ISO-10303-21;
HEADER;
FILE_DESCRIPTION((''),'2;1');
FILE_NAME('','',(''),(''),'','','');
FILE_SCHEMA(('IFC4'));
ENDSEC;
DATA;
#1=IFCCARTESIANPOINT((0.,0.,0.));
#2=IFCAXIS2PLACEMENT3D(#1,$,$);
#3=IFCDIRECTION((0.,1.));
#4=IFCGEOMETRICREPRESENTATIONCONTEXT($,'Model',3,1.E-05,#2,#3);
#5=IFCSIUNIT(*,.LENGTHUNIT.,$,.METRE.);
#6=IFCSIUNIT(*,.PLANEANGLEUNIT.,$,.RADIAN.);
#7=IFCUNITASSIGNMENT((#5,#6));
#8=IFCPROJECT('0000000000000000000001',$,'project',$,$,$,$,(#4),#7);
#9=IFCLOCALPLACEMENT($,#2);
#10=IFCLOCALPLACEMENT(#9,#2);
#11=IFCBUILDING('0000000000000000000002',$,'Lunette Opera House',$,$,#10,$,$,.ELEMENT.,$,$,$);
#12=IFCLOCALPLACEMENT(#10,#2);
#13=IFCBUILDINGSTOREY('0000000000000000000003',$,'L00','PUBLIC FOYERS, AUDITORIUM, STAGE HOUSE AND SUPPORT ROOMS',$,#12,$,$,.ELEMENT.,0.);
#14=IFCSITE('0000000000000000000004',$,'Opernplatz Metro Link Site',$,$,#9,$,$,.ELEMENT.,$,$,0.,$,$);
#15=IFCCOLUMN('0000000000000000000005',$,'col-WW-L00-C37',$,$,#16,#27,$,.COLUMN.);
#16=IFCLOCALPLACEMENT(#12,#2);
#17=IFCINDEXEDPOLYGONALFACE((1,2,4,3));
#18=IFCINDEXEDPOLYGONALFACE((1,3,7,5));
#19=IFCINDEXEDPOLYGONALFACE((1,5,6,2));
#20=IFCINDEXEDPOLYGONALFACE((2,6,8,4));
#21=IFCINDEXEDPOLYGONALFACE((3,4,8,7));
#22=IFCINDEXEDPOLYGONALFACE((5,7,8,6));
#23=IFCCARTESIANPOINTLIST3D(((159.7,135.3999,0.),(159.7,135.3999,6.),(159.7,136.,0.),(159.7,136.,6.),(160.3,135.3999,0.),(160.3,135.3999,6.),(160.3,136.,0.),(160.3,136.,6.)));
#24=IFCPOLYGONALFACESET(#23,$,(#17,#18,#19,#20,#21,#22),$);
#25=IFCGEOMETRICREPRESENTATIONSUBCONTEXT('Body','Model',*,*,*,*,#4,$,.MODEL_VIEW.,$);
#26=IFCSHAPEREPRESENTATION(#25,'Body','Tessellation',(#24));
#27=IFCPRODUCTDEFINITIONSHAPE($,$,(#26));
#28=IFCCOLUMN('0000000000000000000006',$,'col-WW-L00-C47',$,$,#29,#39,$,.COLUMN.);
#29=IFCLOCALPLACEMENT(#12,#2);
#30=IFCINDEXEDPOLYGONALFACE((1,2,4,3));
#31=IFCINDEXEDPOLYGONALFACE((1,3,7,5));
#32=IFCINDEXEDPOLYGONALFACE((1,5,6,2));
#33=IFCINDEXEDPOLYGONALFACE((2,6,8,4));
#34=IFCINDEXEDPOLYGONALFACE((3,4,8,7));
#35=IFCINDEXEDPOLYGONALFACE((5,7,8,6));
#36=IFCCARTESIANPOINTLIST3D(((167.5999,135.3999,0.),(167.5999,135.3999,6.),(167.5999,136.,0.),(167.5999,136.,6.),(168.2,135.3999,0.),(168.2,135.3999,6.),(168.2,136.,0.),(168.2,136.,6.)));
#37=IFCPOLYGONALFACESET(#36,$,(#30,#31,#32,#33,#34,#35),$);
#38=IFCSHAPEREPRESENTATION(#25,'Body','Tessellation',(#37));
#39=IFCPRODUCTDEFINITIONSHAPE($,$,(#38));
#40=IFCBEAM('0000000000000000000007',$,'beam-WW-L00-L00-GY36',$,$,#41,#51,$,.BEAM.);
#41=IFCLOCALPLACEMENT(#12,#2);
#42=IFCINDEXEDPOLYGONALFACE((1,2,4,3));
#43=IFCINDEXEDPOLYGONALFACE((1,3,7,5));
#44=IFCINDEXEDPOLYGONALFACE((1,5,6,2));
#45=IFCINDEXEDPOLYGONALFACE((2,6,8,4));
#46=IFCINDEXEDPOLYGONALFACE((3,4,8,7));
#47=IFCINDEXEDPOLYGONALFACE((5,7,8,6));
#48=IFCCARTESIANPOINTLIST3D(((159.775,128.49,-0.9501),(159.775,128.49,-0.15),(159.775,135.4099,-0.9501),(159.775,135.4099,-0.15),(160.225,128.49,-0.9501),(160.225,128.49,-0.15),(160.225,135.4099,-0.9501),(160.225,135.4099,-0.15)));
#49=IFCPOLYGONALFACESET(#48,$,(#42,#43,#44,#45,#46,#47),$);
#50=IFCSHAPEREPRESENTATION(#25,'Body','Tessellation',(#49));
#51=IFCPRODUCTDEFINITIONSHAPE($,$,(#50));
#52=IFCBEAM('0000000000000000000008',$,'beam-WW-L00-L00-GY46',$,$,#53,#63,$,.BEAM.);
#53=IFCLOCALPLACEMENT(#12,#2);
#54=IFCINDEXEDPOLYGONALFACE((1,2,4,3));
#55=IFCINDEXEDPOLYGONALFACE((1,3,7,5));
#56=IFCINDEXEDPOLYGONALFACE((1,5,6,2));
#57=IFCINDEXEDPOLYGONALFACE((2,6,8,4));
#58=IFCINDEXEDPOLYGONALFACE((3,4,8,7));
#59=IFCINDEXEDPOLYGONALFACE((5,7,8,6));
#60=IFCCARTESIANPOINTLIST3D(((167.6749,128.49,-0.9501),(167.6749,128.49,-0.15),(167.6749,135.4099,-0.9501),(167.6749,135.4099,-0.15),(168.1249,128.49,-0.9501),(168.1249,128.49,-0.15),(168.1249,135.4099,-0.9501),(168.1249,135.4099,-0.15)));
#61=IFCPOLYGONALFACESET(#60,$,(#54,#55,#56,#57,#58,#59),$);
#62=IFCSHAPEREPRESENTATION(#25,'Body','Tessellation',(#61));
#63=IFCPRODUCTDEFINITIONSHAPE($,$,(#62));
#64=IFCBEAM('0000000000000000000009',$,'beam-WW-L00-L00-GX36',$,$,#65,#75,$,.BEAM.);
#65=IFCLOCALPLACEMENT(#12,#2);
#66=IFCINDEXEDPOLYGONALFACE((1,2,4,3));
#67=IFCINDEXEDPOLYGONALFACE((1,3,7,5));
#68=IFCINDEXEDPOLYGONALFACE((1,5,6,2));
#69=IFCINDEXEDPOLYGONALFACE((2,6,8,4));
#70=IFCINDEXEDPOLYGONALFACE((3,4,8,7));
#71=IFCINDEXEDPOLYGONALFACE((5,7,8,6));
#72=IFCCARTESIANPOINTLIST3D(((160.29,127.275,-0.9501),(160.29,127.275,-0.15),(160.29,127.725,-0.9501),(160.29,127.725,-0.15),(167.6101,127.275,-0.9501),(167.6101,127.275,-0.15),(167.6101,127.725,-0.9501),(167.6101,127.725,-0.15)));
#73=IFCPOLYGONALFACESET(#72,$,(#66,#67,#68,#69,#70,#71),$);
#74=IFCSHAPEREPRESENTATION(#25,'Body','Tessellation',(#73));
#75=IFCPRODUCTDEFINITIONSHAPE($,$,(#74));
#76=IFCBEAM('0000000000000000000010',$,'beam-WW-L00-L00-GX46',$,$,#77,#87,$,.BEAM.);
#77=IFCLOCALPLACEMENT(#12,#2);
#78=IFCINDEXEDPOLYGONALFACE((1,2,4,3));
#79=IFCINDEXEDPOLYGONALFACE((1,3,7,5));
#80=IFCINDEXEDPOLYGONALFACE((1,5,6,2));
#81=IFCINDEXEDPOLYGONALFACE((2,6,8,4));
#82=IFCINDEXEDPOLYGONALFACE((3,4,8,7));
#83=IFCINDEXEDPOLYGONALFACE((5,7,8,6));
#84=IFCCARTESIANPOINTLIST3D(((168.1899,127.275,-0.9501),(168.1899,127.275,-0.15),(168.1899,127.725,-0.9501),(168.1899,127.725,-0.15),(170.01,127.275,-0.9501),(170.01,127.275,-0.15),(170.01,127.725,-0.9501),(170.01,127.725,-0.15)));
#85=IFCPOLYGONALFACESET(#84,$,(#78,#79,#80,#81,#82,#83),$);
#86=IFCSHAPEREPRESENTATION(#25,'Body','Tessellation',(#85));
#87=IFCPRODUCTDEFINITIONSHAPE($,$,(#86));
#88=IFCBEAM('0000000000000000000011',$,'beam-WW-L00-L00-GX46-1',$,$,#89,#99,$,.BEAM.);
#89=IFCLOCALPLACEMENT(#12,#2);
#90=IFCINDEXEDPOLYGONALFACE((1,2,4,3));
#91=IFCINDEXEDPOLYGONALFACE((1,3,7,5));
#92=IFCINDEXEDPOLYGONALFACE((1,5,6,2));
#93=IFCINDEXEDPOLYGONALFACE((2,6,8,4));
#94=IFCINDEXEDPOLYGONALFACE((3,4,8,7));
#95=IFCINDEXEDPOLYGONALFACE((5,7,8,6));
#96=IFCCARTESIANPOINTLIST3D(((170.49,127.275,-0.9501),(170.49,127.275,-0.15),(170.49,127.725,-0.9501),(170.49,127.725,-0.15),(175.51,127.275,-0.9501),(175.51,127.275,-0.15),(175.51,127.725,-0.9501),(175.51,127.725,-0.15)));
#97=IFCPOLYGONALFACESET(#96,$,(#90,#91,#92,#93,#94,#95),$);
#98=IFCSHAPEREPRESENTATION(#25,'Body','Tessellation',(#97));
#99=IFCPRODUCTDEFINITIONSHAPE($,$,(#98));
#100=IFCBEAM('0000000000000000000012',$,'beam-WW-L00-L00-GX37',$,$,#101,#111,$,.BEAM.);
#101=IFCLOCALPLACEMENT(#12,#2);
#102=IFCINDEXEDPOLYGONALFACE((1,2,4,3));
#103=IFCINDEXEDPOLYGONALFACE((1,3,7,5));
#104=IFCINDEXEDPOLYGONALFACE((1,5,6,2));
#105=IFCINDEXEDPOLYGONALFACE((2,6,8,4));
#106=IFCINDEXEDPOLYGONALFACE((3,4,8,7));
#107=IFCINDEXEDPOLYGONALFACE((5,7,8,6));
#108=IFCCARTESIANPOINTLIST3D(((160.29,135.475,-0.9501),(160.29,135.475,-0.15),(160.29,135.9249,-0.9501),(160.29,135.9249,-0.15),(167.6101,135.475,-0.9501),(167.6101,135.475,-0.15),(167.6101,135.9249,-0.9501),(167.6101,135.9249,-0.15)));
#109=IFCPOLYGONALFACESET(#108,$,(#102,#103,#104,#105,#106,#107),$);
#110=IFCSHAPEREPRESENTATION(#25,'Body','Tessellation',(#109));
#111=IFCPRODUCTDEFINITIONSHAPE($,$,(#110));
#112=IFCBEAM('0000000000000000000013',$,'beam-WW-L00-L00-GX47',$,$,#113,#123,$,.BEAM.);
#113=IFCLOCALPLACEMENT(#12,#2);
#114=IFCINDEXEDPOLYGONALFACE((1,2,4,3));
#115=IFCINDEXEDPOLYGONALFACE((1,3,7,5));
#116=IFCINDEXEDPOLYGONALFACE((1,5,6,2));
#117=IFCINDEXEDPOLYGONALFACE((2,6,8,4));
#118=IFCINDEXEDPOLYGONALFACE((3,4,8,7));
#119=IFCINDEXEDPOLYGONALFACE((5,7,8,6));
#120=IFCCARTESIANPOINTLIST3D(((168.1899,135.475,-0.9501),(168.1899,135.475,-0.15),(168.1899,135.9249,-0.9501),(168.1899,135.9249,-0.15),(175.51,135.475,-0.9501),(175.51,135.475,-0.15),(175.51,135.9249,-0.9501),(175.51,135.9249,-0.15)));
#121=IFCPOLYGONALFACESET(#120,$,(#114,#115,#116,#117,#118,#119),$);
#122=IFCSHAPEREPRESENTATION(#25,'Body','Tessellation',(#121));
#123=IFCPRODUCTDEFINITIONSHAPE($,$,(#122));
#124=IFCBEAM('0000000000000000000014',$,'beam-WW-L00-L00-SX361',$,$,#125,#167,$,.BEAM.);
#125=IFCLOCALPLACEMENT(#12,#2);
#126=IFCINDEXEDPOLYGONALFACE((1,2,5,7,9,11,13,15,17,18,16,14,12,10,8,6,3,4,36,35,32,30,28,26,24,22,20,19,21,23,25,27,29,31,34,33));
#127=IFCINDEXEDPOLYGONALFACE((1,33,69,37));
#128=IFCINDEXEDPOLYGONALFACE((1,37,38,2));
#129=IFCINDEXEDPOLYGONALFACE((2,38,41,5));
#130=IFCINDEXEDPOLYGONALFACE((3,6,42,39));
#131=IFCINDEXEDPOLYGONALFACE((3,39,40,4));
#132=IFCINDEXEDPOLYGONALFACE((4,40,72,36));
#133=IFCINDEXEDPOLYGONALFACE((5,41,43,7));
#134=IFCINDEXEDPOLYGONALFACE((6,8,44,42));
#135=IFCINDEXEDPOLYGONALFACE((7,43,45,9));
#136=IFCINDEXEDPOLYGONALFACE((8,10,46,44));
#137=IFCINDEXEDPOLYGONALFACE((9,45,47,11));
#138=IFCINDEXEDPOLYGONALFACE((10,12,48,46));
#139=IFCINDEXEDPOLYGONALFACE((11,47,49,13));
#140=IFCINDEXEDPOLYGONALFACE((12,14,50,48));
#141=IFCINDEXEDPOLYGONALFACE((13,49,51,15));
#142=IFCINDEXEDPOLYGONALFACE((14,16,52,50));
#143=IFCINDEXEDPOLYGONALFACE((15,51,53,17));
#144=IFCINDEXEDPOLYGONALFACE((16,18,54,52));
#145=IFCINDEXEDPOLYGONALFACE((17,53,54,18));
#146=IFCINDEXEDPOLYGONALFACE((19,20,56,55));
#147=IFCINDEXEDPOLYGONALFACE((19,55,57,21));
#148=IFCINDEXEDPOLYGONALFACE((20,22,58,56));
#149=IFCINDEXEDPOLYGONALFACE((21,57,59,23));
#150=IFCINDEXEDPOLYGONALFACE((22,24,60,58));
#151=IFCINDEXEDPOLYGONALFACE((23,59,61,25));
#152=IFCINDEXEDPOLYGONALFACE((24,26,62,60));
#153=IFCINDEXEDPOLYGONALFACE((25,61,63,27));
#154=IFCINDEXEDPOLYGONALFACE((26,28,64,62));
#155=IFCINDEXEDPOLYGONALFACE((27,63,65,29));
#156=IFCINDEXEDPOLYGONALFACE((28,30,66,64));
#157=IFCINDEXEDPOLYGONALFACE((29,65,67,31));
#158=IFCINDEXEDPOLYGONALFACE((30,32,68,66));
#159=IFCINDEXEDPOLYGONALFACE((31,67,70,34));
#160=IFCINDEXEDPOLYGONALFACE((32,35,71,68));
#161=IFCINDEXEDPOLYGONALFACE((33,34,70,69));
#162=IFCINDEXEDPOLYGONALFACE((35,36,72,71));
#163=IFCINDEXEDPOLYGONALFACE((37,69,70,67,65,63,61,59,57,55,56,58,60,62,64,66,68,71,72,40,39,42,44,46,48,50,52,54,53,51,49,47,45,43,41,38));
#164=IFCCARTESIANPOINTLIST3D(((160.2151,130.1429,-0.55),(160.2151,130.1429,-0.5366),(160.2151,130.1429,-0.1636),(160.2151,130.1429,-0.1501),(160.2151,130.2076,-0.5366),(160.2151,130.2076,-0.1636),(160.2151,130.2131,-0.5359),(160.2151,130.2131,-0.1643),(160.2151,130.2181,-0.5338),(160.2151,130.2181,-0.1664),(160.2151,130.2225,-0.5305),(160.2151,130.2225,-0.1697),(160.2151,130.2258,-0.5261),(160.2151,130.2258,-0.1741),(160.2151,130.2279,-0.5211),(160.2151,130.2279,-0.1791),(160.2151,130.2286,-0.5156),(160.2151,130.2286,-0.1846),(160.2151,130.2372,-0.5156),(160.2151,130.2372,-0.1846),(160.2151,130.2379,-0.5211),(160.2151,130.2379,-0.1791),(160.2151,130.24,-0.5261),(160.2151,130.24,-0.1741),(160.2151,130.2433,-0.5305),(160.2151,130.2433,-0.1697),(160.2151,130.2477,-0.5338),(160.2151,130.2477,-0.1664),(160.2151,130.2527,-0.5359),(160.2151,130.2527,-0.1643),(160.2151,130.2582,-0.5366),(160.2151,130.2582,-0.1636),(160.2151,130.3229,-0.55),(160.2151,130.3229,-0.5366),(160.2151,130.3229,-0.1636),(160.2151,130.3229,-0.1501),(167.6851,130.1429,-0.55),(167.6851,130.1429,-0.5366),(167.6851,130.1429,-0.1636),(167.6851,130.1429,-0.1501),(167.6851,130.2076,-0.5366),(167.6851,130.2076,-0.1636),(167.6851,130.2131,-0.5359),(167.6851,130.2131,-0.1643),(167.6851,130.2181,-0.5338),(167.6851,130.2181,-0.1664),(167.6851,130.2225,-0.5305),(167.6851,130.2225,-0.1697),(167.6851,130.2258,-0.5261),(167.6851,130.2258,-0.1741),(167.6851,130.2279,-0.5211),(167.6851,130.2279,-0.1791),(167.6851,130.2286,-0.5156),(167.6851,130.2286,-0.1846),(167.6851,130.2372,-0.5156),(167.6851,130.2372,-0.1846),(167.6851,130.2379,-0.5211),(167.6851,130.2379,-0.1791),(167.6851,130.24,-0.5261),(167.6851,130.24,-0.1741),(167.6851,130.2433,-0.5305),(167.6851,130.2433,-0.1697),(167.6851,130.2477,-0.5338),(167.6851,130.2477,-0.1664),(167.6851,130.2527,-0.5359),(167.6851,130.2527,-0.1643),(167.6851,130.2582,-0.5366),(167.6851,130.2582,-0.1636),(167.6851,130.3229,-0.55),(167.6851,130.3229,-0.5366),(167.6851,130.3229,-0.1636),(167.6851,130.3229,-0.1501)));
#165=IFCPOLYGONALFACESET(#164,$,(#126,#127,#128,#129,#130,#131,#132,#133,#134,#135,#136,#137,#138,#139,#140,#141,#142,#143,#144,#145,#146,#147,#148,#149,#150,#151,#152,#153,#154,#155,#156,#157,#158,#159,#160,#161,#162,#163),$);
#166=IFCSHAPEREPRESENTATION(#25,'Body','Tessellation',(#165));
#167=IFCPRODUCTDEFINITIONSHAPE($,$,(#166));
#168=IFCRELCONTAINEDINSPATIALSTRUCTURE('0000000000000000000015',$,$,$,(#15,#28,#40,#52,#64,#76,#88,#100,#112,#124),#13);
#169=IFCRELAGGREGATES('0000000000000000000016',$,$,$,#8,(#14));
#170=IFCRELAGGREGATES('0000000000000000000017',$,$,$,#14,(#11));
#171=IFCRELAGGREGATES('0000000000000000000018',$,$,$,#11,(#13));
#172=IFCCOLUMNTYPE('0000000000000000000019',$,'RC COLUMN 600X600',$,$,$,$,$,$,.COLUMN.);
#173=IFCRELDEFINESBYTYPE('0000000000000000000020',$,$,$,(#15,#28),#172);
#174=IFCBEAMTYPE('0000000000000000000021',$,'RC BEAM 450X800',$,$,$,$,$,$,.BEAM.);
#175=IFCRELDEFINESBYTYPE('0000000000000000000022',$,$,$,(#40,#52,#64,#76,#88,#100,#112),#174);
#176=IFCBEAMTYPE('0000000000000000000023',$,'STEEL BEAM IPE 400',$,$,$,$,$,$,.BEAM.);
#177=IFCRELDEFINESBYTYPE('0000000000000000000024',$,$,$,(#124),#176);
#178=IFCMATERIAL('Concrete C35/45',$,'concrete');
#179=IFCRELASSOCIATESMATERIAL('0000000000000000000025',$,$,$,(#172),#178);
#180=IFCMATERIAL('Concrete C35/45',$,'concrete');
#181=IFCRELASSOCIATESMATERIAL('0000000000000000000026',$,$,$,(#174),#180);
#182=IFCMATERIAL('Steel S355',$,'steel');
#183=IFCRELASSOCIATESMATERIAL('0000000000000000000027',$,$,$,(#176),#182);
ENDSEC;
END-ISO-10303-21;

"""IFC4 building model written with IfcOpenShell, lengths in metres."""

from ifc_helpers import new_model, si_unit, direction, frame, origin, origin_2d, place, context, subcontext, project, spatial, rectangle, i_section, extrude, material, material_profile, profile_set, type_object, element, save


model = new_model("IFC4")

# Units and contexts
model_context = context("Model", 3, precision=1e-05, world=origin(), true_north=direction((0.0, 1.0)))
body_context = subcontext(model_context, "Body", "Model", "MODEL_VIEW")
ifc_project = project(units=[si_unit("LENGTHUNIT", "METRE"), si_unit("PLANEANGLEUNIT", "RADIAN")], contexts=[model_context])

# Site, building, storey
site_placement = place(None, origin())
site = spatial("IfcSite", under=ifc_project, at=site_placement, Name="Opernplatz Metro Link Site", CompositionType="ELEMENT", RefElevation=0.0)
building_placement = place(site_placement, origin())
building = spatial("IfcBuilding", under=site, at=building_placement, Name="Lunette Opera House", CompositionType="ELEMENT")
storey_placement = place(building_placement, origin())
storey = spatial("IfcBuildingStorey", under=building, at=storey_placement, Name="L00", Description="PUBLIC FOYERS, AUDITORIUM, STAGE HOUSE AND SUPPORT ROOMS", CompositionType="ELEMENT", Elevation=0.0)

# Columns
ifc_material_1 = material(Name="Concrete C35/45", Category="concrete")
ifc_material_profile_1 = material_profile(ifc_material_1, rectangle(XDim=0.6001, YDim=0.6001, at=origin_2d()), Name="RC COLUMN 600X600")
ifc_profile_set_1 = profile_set([ifc_material_profile_1], Name="Concrete C35/45")
column_type = type_object("IfcColumnType", Name="RC COLUMN 600X600", PredefinedType="COLUMN", material=ifc_profile_set_1)
for number, where, z_axis, x_axis, name in (
    (1, (160.0, 135.7, 0.0), (0.0, 0.0, 1.0), (1.0, 0.0, 0.0), "col-WW-L00-C37"),
    (2, (167.8999, 135.7, 0.0), (0.0, 0.0, 1.0), (1.0, 0.0, 0.0), "col-WW-L00-C47"),
):
    element("IfcColumn", number, at=place(storey_placement, frame(where, z_axis=z_axis, x_axis=x_axis)), inside=storey, type_object=column_type, Name=name, PredefinedType="COLUMN", context=body_context, shape_type="SweptSolid", body=[
        extrude(rectangle(XDim=0.6001, YDim=0.6001, at=origin_2d()), origin(), (0.0, 0.0, 1.0), 6.0),
    ])

# Beams
ifc_material_2 = material(Name="Concrete C35/45", Category="concrete")
ifc_material_profile_2 = material_profile(ifc_material_2, rectangle(XDim=0.45, YDim=0.8, at=origin_2d()), Name="RC BEAM 450X800")
ifc_profile_set_2 = profile_set([ifc_material_profile_2], Name="Concrete C35/45")
beam_type_1 = type_object("IfcBeamType", Name="RC BEAM 450X800", PredefinedType="BEAM", material=ifc_profile_set_2)
for number, where, z_axis, x_axis, name in (
    (3, (160.0, 128.49, -0.55), (0.0, 1.0, 0.0), (-1.0, 0.0, 0.0), "beam-WW-L00-L00-GY36"),
    (4, (167.8999, 128.49, -0.55), (0.0, 1.0, 0.0), (-1.0, 0.0, 0.0), "beam-WW-L00-L00-GY46"),
):
    element("IfcBeam", number, at=place(storey_placement, frame(where, z_axis=z_axis, x_axis=x_axis)), inside=storey, type_object=beam_type_1, Name=name, PredefinedType="BEAM", context=body_context, shape_type="SweptSolid", body=[
        extrude(rectangle(XDim=0.45, YDim=0.8, at=origin_2d()), origin(), (0.0, 0.0, 1.0), 6.9199),
    ])
beam_1_placement = place(storey_placement, frame((160.29, 127.5, -0.55), z_axis=(1.0, 0.0, 0.0), x_axis=(0.0, 1.0, 0.0)))
element("IfcBeam", 5, at=beam_1_placement, inside=storey, type_object=beam_type_1, Name="beam-WW-L00-L00-GX36", PredefinedType="BEAM", context=body_context, shape_type="SweptSolid", body=[
    extrude(rectangle(XDim=0.45, YDim=0.8, at=origin_2d()), origin(), (0.0, 0.0, 1.0), 7.3201),
])
beam_2_placement = place(storey_placement, frame((168.1899, 127.5, -0.55), z_axis=(1.0, 0.0, 0.0), x_axis=(0.0, 1.0, 0.0)))
element("IfcBeam", 6, at=beam_2_placement, inside=storey, type_object=beam_type_1, Name="beam-WW-L00-L00-GX46", PredefinedType="BEAM", context=body_context, shape_type="SweptSolid", body=[
    extrude(rectangle(XDim=0.45, YDim=0.8, at=origin_2d()), origin(), (0.0, 0.0, 1.0), 1.8201),
])
beam_3_placement = place(storey_placement, frame((170.49, 127.5, -0.55), z_axis=(1.0, 0.0, 0.0), x_axis=(0.0, 1.0, 0.0)))
element("IfcBeam", 7, at=beam_3_placement, inside=storey, type_object=beam_type_1, Name="beam-WW-L00-L00-GX46-1", PredefinedType="BEAM", context=body_context, shape_type="SweptSolid", body=[
    extrude(rectangle(XDim=0.45, YDim=0.8, at=origin_2d()), origin(), (0.0, 0.0, 1.0), 5.02),
])
for number, where, z_axis, x_axis, name in (
    (8, (160.29, 135.7, -0.55), (1.0, 0.0, 0.0), (0.0, 1.0, 0.0), "beam-WW-L00-L00-GX37"),
    (9, (168.1899, 135.7, -0.55), (1.0, 0.0, 0.0), (0.0, 1.0, 0.0), "beam-WW-L00-L00-GX47"),
):
    element("IfcBeam", number, at=place(storey_placement, frame(where, z_axis=z_axis, x_axis=x_axis)), inside=storey, type_object=beam_type_1, Name=name, PredefinedType="BEAM", context=body_context, shape_type="SweptSolid", body=[
        extrude(rectangle(XDim=0.45, YDim=0.8, at=origin_2d()), origin(), (0.0, 0.0, 1.0), 7.3201),
    ])
ifc_material_3 = material(Name="Steel S355", Category="steel")
ifc_material_profile_3 = material_profile(ifc_material_3, i_section(OverallWidth=0.1799, OverallDepth=0.3999, WebThickness=0.0085, FlangeThickness=0.0134, FilletRadius=0.021, at=origin_2d()), Name="IPE 400")
ifc_profile_set_3 = profile_set([ifc_material_profile_3], Name="Steel S355")
beam_type_2 = type_object("IfcBeamType", Name="STEEL BEAM IPE 400", PredefinedType="BEAM", material=ifc_profile_set_3)
for number, where, z_axis, x_axis, name in (
    (10, (160.2151, 130.2329, -0.3501), (1.0, 0.0, 0.0), (0.0, 1.0, 0.0), "beam-WW-L00-L00-SX361"),
):
    element("IfcBeam", number, at=place(storey_placement, frame(where, z_axis=z_axis, x_axis=x_axis)), inside=storey, type_object=beam_type_2, Name=name, PredefinedType="BEAM", context=body_context, shape_type="SweptSolid", body=[
        extrude(i_section(OverallWidth=0.1799, OverallDepth=0.3999, WebThickness=0.0085, FlangeThickness=0.0134, FilletRadius=0.021, at=origin_2d()), origin(), (0.0, 0.0, 1.0), 7.47),
    ])

save(model, "model.ifc")
